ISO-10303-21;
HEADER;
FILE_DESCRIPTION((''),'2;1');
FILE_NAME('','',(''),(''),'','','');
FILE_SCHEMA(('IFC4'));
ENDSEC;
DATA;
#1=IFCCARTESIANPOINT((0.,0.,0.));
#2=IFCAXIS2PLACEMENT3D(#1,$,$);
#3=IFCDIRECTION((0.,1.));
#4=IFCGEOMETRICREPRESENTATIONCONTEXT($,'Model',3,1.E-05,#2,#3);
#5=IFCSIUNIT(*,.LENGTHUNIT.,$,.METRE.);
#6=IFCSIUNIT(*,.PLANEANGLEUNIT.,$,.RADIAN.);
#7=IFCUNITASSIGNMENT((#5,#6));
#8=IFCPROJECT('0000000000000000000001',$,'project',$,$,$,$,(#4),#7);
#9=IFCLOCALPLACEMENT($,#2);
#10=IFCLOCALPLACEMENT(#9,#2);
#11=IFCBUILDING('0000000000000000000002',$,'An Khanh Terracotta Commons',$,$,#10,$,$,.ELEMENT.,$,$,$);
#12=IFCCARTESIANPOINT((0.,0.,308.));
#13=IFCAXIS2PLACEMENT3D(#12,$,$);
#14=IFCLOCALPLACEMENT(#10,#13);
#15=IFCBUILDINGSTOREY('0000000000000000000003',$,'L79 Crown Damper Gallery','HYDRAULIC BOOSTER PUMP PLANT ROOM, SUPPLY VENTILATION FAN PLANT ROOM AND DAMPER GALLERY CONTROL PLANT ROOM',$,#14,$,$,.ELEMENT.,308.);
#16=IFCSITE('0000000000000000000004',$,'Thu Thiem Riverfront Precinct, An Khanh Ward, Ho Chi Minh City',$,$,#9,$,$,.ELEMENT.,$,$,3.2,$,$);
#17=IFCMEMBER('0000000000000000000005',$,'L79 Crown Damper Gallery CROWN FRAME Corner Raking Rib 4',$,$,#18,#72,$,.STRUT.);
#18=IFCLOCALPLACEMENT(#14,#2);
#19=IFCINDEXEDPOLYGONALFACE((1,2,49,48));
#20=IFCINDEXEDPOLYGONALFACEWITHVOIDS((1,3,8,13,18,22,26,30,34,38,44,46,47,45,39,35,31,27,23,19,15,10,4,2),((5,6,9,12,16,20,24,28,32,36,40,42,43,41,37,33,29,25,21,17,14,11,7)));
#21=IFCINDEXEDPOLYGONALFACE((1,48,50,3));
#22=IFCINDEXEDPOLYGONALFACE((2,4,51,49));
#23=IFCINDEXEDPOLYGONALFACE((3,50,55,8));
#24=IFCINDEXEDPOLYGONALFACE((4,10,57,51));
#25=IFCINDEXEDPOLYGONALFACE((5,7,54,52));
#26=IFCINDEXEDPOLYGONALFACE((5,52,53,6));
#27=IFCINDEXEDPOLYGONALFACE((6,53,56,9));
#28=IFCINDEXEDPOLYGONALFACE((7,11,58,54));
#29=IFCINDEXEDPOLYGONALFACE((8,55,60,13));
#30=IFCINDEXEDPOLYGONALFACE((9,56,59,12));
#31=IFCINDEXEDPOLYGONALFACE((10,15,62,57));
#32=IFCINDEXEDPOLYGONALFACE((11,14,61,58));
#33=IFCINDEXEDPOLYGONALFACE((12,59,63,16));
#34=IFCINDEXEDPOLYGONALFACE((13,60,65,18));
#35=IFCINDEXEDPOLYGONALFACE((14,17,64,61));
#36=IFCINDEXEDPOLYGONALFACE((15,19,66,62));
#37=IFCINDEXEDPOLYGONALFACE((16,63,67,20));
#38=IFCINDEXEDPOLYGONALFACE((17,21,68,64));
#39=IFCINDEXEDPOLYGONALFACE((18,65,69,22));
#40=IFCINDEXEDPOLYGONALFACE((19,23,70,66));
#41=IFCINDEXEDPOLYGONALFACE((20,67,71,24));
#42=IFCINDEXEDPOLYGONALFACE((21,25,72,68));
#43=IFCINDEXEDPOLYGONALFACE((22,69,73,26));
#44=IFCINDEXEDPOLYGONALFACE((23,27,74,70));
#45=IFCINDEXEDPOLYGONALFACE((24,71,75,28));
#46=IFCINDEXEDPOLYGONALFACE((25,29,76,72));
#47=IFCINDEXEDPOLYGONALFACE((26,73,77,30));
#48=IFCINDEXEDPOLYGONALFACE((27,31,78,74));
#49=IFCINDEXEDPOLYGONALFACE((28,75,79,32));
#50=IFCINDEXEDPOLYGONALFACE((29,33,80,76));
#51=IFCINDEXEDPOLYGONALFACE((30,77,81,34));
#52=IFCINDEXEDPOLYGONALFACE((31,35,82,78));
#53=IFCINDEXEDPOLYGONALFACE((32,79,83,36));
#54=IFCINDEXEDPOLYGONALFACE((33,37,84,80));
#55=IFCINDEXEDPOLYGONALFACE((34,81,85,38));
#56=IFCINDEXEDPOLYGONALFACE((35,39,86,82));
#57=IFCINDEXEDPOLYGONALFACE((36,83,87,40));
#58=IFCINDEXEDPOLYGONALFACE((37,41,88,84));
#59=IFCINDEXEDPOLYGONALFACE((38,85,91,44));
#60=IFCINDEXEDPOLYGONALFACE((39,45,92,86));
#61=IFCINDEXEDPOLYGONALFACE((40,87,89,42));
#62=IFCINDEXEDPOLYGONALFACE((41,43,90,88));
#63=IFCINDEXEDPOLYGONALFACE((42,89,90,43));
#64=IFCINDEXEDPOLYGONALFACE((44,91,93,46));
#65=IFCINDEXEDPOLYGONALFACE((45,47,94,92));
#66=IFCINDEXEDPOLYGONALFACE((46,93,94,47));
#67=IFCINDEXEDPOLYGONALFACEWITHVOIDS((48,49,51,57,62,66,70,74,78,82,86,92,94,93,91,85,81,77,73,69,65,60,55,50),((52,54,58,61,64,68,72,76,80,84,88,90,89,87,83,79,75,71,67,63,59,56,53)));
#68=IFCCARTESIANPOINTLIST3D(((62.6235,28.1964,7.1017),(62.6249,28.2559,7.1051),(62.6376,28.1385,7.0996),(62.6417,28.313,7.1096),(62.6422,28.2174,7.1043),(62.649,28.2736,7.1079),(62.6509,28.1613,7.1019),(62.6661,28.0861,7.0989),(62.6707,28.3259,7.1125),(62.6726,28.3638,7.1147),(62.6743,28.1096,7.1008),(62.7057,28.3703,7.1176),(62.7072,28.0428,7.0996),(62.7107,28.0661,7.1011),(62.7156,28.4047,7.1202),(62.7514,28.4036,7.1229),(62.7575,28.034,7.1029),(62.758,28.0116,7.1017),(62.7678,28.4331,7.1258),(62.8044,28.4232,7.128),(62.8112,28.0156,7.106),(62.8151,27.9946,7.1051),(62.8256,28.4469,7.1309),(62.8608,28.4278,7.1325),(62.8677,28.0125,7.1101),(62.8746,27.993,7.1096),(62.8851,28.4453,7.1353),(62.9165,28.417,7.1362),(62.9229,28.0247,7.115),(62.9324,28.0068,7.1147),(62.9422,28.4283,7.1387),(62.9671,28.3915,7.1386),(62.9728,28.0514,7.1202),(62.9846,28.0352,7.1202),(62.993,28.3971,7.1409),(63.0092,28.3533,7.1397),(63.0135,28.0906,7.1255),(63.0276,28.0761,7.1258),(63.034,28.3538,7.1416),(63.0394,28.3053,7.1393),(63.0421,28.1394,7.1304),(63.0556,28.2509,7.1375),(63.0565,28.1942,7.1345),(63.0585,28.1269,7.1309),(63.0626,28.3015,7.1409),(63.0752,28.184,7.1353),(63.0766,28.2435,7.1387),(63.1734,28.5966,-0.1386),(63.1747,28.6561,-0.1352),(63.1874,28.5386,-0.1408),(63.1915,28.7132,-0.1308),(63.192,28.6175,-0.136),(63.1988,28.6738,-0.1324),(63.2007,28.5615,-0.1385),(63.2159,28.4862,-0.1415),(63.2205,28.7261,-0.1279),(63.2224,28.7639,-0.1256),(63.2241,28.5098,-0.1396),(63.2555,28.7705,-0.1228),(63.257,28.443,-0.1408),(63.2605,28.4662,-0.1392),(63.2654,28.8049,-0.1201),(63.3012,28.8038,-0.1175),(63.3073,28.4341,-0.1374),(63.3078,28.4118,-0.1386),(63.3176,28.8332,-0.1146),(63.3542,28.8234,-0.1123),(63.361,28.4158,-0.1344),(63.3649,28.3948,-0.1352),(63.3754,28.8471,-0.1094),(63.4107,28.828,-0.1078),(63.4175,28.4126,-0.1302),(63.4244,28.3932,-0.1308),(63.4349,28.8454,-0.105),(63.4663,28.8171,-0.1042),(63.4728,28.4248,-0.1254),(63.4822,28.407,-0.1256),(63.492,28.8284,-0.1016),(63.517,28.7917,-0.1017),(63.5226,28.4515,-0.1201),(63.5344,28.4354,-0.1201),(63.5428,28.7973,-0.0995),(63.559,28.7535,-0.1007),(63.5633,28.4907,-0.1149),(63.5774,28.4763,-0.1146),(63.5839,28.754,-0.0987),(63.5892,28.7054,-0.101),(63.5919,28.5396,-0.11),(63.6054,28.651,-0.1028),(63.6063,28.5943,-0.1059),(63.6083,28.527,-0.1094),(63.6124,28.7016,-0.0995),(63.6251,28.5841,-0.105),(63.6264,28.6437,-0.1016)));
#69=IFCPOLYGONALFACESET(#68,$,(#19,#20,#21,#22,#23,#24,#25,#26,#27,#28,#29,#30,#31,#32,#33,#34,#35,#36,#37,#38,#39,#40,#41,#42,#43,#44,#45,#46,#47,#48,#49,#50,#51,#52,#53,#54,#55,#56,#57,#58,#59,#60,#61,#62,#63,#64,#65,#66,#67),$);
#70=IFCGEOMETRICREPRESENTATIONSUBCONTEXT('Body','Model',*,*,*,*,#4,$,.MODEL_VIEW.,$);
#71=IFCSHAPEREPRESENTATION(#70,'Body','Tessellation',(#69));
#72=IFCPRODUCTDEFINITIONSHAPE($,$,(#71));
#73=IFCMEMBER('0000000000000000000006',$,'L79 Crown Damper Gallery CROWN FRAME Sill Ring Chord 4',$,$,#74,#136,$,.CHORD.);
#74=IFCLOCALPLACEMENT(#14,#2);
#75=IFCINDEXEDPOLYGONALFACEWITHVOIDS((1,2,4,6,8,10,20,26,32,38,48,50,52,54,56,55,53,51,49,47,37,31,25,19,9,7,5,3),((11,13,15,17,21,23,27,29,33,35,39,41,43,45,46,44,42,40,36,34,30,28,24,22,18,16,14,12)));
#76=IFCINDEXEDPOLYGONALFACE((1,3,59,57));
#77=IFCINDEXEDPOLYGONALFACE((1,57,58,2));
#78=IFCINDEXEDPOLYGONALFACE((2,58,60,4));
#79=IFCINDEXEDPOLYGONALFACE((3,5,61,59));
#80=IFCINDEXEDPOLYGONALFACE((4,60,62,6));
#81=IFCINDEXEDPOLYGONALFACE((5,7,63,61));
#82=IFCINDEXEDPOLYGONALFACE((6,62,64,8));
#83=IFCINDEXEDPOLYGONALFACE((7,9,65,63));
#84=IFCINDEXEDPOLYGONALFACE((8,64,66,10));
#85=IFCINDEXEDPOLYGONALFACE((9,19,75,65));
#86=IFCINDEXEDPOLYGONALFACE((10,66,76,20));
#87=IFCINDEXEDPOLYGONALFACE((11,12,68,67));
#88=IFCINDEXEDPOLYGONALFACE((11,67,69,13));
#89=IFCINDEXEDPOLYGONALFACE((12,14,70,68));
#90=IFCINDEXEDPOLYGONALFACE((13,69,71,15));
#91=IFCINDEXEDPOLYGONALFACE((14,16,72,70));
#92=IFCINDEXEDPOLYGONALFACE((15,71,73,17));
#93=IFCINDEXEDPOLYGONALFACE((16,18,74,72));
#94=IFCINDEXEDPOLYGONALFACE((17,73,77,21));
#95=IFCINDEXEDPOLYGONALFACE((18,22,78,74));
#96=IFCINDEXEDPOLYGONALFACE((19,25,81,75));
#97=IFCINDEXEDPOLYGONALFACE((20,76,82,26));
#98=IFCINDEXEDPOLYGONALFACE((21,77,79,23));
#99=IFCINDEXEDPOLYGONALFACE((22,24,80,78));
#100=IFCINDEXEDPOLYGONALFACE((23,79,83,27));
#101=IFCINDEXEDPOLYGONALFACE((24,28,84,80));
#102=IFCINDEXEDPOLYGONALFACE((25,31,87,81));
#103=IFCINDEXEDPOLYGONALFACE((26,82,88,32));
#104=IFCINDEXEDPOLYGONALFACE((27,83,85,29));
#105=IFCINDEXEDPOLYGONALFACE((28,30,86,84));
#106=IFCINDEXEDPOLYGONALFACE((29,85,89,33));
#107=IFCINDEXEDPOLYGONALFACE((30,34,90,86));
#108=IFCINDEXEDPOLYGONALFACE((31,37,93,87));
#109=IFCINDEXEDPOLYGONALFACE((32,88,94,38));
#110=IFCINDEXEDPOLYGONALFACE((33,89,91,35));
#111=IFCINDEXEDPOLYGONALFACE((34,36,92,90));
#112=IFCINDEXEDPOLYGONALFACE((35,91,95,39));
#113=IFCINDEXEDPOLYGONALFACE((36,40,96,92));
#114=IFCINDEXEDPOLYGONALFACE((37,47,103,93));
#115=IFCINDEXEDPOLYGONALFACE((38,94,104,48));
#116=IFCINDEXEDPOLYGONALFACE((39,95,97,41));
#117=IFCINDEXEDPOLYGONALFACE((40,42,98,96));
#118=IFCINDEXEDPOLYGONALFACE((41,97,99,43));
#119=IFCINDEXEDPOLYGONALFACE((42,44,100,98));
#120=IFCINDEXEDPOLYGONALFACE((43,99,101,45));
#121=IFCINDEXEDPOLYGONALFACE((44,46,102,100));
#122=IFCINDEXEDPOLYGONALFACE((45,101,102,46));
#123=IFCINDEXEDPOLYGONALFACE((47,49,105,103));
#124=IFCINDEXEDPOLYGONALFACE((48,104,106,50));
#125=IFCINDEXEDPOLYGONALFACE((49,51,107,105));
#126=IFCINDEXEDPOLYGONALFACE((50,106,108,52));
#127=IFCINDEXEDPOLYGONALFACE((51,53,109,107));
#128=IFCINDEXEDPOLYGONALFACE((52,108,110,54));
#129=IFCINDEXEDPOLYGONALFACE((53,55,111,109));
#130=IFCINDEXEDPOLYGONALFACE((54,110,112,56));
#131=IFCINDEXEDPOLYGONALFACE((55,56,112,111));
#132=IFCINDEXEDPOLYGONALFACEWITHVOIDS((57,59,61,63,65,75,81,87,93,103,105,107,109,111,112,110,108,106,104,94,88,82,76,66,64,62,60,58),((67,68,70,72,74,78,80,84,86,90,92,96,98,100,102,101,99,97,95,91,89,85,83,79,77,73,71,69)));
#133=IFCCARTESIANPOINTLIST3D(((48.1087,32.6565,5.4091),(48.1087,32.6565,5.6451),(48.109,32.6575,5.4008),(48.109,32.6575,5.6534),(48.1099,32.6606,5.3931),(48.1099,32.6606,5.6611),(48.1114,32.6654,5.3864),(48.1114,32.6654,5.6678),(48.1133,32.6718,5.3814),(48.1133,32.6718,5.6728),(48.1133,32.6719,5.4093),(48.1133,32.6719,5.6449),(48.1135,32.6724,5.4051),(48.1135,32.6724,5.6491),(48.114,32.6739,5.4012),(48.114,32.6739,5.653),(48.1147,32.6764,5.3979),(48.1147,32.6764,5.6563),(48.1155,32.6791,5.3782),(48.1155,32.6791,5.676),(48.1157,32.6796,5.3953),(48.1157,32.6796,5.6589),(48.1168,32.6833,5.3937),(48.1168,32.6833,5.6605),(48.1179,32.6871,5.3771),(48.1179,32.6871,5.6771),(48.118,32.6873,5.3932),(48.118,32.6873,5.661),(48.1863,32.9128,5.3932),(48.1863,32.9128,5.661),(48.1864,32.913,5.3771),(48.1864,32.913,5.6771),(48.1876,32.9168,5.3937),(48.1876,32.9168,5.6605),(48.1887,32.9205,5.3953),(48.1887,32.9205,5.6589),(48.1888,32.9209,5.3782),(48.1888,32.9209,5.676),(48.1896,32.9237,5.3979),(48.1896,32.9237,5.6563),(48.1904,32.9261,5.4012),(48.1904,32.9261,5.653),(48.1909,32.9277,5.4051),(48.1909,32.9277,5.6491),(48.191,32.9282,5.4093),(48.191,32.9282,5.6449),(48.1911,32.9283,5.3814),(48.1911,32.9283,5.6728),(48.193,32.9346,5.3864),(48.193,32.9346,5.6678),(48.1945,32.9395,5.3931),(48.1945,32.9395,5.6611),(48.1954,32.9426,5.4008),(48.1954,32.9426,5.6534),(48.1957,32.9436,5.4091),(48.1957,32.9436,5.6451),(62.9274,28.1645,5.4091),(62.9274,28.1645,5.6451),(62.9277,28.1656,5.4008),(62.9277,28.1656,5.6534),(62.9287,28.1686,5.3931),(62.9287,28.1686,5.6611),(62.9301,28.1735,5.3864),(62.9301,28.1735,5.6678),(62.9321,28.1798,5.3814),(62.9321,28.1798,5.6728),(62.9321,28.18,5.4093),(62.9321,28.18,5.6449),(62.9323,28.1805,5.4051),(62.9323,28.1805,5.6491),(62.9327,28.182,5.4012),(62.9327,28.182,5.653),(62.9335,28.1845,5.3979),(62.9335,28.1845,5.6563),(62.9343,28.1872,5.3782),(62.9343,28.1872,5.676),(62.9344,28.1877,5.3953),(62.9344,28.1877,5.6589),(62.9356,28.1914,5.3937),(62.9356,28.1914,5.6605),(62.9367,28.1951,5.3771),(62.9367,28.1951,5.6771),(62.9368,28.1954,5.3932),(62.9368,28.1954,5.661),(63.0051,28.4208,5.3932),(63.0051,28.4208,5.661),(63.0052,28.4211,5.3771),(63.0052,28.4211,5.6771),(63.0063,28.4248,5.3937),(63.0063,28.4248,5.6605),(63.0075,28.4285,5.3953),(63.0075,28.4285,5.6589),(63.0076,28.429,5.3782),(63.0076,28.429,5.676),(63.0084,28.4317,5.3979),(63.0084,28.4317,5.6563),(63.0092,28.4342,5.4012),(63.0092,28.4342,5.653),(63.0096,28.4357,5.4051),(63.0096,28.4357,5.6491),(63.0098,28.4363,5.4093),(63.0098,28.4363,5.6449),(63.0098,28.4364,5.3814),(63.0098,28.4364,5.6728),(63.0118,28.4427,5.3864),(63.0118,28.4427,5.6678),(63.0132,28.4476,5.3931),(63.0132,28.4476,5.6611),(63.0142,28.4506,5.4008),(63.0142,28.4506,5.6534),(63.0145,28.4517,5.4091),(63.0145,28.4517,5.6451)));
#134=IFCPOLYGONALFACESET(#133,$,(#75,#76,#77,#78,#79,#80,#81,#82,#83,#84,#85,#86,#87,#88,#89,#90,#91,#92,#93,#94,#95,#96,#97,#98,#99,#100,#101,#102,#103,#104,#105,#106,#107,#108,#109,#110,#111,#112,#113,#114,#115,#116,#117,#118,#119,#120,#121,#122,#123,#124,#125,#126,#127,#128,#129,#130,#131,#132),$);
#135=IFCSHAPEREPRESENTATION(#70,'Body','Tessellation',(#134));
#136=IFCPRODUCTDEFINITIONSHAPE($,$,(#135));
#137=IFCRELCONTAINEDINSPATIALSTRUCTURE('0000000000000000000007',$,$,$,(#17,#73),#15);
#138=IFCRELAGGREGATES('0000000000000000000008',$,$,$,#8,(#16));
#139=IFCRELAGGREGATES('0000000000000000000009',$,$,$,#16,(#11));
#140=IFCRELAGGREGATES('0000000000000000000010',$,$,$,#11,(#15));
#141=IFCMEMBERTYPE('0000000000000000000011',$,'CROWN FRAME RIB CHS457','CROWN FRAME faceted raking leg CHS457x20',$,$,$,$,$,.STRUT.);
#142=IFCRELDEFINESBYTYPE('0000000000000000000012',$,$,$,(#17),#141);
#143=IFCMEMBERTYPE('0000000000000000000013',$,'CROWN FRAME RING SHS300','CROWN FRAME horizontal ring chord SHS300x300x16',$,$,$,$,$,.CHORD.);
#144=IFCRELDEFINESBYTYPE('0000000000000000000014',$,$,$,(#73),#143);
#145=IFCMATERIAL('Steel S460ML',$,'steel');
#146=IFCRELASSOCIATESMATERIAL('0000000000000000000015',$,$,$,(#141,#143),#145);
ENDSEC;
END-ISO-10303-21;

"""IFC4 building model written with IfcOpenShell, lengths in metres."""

from ifc_helpers import new_model, si_unit, direction, frame, origin, origin_2d, place, context, subcontext, project, spatial, hollow_rectangle, hollow_circle, extrude, material, material_profile, profile_set, type_object, element, save


model = new_model("IFC4")

# Units and contexts
model_context = context("Model", 3, precision=1e-05, world=origin(), true_north=direction((0.0, 1.0)))
body_context = subcontext(model_context, "Body", "Model", "MODEL_VIEW")
ifc_project = project(units=[si_unit("LENGTHUNIT", "METRE"), si_unit("PLANEANGLEUNIT", "RADIAN")], contexts=[model_context])

# Site, building, storey
site_placement = place(None, origin())
site = spatial("IfcSite", under=ifc_project, at=site_placement, Name="Thu Thiem Riverfront Precinct, An Khanh Ward, Ho Chi Minh City", CompositionType="ELEMENT", RefElevation=3.2)
building_placement = place(site_placement, origin())
building = spatial("IfcBuilding", under=site, at=building_placement, Name="An Khanh Terracotta Commons", CompositionType="ELEMENT")
storey_placement = place(building_placement, frame((0.0, 0.0, 308.0)))
storey = spatial("IfcBuildingStorey", under=building, at=storey_placement, Name="L79 Crown Damper Gallery", Description="HYDRAULIC BOOSTER PUMP PLANT ROOM, SUPPLY VENTILATION FAN PLANT ROOM AND DAMPER GALLERY CONTROL PLANT ROOM", CompositionType="ELEMENT", Elevation=308.0)

# Members
ifc_material_1 = material(Name="Steel S460ML", Category="steel")
ifc_material_profile_1 = material_profile(ifc_material_1, hollow_circle(Radius=0.2285, WallThickness=0.02, at=origin_2d()), Name="CHS457x20")
ifc_profile_set_1 = profile_set([ifc_material_profile_1], Name="Steel S460ML")
member_type_1 = type_object("IfcMemberType", Name="CROWN FRAME RIB CHS457", Description="CROWN FRAME faceted raking leg CHS457x20", PredefinedType="STRUT", material=ifc_profile_set_1)
member_1_placement = place(storey_placement, frame((63.3999, 28.6201, -0.1201), z_axis=(-0.075605, -0.055025, 0.995618), x_axis=(0.588449, -0.808534, 0.0)))
element("IfcMember", 1, at=member_1_placement, inside=storey, type_object=member_type_1, Name="L79 Crown Damper Gallery CROWN FRAME Corner Raking Rib 4", PredefinedType="STRUT", context=body_context, shape_type="SweptSolid", body=[
    extrude(hollow_circle(Radius=0.2285, WallThickness=0.02, at=origin_2d()), origin(), (0.0, 0.0, 1.0), 7.2722),
])
ifc_material_profile_2 = material_profile(ifc_material_1, hollow_rectangle(XDim=0.3, YDim=0.3, WallThickness=0.0161, InnerFilletRadius=0.0161, OuterFilletRadius=0.032, at=origin_2d()), Name="SHS300x300x16")
ifc_profile_set_2 = profile_set([ifc_material_profile_2], Name="Steel S460ML")
member_type_2 = type_object("IfcMemberType", Name="CROWN FRAME RING SHS300", Description="CROWN FRAME horizontal ring chord SHS300x300x16", PredefinedType="CHORD", material=ifc_profile_set_2)
member_2_placement = place(storey_placement, frame((62.9709, 28.3081, 5.5271), z_axis=(-0.957, 0.290089, 0.0), x_axis=(-0.290089, -0.957, 0.0)))
element("IfcMember", 2, at=member_2_placement, inside=storey, type_object=member_type_2, Name="L79 Crown Damper Gallery CROWN FRAME Sill Ring Chord 4", PredefinedType="CHORD", context=body_context, shape_type="SweptSolid", body=[
    extrude(hollow_rectangle(XDim=0.3, YDim=0.3, WallThickness=0.0161, InnerFilletRadius=0.0161, OuterFilletRadius=0.032, at=origin_2d()), origin(), (0.0, 0.0, 1.0), 15.4846),
])

save(model, "model.ifc")
